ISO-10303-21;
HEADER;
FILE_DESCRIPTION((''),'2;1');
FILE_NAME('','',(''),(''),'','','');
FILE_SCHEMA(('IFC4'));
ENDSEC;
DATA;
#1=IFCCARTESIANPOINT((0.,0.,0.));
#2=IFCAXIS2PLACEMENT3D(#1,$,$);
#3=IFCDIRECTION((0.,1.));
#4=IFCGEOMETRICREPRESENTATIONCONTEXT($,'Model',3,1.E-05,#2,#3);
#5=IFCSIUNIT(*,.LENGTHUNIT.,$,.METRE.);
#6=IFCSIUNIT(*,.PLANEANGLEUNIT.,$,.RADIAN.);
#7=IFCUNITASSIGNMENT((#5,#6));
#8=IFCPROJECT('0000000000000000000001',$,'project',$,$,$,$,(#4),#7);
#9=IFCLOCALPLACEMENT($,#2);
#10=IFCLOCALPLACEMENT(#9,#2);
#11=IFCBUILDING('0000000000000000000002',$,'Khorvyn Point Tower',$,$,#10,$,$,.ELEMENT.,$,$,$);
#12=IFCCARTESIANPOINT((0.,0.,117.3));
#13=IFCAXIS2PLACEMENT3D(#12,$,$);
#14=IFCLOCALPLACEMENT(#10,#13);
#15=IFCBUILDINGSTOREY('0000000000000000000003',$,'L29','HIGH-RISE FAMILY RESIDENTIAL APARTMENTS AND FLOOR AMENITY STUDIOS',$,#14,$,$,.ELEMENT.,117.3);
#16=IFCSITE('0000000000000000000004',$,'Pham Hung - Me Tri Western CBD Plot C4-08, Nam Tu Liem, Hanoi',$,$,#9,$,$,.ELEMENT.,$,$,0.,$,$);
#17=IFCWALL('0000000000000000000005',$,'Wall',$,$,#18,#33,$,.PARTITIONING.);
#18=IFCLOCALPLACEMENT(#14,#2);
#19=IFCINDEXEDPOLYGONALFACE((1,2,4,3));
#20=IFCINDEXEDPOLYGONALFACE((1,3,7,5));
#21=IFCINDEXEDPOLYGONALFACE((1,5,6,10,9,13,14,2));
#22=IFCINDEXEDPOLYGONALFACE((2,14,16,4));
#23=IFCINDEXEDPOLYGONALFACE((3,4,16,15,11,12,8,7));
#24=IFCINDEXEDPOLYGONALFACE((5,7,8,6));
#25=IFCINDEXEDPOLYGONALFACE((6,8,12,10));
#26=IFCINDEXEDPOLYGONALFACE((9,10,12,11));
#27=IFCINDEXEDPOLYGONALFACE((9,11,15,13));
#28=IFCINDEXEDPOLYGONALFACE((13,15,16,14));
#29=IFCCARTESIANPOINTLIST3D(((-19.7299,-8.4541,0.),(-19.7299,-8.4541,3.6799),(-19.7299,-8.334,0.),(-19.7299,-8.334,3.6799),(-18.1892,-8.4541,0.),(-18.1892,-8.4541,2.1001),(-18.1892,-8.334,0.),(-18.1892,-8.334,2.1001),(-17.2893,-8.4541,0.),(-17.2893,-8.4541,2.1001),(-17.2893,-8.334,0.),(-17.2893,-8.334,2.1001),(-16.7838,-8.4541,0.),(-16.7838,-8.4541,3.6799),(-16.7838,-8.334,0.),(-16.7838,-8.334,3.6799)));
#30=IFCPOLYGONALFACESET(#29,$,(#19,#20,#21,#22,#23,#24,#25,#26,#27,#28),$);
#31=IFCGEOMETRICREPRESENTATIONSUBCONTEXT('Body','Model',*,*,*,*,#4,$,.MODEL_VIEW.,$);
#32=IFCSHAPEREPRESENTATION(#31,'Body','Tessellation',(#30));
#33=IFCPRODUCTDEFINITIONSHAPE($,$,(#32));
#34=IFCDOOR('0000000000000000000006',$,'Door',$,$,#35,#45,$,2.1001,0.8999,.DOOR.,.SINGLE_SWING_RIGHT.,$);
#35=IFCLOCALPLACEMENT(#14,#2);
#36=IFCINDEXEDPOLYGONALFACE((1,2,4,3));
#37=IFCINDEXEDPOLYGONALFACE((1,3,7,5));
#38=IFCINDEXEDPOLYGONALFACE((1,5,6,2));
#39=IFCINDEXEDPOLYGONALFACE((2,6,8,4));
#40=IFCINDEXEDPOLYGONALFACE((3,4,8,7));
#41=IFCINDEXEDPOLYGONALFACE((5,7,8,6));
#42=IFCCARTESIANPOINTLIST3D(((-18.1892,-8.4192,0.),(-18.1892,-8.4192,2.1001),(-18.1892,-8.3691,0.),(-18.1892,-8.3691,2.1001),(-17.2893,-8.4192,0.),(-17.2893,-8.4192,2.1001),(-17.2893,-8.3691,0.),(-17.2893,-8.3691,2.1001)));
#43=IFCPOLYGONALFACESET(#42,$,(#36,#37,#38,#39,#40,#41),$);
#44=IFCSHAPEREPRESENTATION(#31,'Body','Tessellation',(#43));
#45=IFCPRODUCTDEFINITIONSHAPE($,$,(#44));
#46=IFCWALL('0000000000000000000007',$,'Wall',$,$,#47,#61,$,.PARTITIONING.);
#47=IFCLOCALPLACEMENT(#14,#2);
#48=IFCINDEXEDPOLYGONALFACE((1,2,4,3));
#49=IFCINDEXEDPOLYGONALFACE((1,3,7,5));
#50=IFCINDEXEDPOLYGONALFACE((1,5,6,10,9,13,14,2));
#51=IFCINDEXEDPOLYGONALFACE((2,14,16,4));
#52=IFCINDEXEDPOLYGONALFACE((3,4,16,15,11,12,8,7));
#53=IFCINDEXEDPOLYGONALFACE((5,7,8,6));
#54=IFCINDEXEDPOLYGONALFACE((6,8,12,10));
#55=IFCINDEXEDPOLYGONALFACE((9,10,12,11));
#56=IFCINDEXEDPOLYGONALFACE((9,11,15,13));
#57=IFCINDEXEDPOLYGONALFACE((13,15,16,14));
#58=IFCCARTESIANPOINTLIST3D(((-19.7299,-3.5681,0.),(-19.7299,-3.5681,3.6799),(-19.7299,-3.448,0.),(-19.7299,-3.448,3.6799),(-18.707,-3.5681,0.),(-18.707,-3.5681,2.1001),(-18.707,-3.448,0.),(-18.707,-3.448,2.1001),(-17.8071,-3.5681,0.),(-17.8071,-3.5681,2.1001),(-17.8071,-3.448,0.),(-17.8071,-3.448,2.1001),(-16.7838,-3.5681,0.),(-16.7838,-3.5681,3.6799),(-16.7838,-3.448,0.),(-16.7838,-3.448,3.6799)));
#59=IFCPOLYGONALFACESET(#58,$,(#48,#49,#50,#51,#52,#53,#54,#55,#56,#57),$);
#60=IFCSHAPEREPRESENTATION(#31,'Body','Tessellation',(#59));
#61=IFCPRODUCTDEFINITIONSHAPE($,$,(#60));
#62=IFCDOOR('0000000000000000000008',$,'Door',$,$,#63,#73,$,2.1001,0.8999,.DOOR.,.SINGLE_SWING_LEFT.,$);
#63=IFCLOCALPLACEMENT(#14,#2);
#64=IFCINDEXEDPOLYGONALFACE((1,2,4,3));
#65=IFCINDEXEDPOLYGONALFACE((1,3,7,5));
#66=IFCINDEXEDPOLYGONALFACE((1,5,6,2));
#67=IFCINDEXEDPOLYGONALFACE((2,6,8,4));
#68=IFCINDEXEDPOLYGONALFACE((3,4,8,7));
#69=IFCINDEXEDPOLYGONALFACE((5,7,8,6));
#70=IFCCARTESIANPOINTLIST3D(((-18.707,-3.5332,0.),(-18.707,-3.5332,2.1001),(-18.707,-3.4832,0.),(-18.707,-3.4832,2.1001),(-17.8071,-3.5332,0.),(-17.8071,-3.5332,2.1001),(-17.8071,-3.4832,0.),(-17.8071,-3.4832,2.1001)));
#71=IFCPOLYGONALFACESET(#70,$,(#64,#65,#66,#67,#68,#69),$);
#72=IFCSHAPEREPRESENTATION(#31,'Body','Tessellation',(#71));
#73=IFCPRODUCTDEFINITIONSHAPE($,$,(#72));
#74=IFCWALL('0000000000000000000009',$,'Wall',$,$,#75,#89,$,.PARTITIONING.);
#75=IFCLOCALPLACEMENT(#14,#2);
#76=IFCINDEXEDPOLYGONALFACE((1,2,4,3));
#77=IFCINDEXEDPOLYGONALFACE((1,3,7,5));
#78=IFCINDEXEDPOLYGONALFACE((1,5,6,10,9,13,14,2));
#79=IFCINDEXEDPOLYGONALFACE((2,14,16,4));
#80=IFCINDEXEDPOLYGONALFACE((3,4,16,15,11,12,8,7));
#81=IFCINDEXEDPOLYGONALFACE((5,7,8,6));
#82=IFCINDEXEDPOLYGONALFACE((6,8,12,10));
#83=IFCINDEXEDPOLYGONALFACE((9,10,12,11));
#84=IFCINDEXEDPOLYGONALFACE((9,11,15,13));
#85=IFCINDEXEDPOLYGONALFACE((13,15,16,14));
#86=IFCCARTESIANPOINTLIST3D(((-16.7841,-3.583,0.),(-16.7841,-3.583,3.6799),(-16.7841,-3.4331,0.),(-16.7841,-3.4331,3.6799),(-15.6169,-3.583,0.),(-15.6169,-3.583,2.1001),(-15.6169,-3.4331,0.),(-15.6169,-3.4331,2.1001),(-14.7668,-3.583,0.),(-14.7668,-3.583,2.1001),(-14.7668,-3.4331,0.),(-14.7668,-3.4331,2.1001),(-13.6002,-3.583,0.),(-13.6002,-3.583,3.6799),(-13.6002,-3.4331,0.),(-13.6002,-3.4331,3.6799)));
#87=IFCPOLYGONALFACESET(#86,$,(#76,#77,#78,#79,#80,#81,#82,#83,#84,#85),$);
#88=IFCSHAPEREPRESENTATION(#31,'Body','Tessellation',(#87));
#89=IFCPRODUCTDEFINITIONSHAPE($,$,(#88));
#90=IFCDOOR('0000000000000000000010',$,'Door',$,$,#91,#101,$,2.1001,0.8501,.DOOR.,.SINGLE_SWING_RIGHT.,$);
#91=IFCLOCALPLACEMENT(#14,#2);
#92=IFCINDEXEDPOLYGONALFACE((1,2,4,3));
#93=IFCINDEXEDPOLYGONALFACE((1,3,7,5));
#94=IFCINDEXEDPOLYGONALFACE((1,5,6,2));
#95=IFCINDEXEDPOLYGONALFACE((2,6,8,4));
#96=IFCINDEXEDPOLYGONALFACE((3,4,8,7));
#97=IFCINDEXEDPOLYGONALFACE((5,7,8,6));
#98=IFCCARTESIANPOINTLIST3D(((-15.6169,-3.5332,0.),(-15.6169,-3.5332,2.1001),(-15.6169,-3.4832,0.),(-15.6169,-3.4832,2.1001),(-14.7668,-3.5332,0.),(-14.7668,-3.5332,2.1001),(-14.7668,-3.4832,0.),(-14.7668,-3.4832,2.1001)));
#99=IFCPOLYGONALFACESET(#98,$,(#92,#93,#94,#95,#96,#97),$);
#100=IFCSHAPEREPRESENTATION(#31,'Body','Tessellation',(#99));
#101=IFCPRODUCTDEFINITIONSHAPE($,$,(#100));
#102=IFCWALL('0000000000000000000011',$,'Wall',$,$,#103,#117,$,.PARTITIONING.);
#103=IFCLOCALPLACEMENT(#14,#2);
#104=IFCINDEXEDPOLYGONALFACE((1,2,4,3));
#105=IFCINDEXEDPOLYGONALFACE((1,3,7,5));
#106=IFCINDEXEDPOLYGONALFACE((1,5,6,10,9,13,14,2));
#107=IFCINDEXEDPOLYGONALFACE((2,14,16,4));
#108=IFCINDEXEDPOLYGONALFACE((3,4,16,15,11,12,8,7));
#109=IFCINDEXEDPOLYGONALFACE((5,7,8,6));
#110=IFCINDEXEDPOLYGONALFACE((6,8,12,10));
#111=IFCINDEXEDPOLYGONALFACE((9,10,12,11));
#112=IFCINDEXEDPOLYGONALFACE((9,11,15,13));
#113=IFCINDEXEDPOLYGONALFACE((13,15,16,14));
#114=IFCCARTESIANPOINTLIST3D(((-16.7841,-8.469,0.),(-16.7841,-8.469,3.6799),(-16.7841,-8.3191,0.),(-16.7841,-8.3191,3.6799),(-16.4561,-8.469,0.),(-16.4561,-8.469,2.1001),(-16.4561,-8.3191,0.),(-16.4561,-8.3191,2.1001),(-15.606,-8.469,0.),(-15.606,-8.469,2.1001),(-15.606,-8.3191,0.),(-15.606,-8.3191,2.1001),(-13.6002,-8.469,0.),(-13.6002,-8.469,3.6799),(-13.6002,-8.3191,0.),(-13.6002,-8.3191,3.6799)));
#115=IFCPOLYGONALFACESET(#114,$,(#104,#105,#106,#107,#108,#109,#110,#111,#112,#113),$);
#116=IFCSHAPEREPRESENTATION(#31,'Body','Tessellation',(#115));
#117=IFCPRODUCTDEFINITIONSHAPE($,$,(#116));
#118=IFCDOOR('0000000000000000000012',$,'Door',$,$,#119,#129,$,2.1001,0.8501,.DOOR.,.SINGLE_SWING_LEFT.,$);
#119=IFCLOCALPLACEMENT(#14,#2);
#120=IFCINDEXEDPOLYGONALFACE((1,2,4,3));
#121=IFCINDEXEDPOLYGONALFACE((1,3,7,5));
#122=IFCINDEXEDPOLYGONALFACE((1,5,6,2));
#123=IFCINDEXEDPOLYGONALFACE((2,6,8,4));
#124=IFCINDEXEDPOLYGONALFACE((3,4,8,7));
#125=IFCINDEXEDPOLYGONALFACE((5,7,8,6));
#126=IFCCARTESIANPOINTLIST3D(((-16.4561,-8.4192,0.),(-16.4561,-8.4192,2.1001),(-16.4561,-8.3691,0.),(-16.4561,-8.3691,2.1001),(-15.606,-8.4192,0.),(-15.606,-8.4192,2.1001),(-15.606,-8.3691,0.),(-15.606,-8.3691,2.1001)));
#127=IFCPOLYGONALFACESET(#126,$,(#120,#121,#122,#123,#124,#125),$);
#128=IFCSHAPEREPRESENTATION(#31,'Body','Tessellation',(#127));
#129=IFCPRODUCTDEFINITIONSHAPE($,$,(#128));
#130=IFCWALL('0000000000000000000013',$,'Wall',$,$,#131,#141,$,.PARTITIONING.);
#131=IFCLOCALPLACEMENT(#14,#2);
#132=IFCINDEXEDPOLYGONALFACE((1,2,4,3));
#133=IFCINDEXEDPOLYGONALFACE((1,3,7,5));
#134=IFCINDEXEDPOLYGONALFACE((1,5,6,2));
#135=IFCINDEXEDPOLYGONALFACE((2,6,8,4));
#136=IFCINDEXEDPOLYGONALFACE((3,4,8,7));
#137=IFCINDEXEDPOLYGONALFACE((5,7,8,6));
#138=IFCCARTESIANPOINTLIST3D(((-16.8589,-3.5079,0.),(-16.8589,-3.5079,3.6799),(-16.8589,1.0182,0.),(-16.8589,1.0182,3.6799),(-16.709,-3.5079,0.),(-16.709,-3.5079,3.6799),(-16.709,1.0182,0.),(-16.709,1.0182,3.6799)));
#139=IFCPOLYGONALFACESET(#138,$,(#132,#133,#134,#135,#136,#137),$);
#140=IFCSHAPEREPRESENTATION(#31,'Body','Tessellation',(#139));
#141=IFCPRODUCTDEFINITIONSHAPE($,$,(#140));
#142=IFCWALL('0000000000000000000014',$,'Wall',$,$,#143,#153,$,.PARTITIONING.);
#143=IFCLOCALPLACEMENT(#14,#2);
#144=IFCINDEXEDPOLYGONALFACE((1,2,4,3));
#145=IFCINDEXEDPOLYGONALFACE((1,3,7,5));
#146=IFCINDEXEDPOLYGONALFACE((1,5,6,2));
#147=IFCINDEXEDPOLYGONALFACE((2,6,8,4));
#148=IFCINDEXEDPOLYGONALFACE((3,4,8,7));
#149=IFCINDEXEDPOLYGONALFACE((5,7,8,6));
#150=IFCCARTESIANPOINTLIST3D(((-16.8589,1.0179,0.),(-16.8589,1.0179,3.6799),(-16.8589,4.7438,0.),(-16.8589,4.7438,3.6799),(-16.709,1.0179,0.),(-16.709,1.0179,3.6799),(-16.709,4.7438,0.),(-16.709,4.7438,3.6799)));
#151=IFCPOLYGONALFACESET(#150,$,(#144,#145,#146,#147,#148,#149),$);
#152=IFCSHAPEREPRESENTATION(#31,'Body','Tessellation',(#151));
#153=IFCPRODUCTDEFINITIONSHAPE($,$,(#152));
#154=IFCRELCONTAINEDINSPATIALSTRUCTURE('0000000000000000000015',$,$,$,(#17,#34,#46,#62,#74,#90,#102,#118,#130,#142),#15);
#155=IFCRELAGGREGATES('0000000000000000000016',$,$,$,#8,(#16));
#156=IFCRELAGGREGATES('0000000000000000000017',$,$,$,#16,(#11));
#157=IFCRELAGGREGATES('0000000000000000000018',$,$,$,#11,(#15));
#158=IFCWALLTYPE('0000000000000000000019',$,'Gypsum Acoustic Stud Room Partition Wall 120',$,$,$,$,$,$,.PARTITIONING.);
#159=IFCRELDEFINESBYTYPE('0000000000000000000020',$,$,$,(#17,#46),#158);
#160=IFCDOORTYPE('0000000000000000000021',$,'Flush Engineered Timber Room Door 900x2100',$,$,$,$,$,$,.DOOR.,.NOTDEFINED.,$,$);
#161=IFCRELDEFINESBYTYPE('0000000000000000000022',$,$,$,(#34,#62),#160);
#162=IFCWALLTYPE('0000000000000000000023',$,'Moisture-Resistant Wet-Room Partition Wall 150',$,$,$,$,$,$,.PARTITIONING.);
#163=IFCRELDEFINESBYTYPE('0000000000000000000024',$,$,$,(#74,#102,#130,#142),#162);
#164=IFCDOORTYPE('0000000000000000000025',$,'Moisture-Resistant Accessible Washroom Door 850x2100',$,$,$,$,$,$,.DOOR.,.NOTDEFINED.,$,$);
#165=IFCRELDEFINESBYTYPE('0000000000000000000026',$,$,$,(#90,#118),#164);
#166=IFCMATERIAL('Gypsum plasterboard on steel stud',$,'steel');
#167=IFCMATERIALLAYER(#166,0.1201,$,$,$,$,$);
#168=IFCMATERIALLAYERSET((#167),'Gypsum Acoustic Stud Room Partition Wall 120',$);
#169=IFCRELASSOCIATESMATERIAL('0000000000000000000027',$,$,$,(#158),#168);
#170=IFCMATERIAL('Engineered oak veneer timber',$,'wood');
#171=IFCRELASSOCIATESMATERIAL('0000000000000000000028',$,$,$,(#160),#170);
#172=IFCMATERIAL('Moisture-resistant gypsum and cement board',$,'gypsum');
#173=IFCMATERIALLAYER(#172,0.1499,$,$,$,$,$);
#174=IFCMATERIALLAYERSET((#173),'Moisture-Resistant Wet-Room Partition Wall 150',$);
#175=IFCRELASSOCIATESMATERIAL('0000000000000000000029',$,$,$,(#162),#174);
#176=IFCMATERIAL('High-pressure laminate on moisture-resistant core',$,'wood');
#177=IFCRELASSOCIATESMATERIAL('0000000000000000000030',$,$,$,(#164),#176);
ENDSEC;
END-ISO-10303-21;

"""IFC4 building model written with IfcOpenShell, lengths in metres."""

from ifc_helpers import new_model, si_unit, direction, frame, frame_2d, origin, place, context, subcontext, project, spatial, rectangle, extrude, material, layer, layer_set, type_object, element, fill, save


model = new_model("IFC4")

# Units and contexts
model_context = context("Model", 3, precision=1e-05, world=origin(), true_north=direction((0.0, 1.0)))
body_context = subcontext(model_context, "Body", "Model", "MODEL_VIEW")
ifc_project = project(units=[si_unit("LENGTHUNIT", "METRE"), si_unit("PLANEANGLEUNIT", "RADIAN")], contexts=[model_context])

# Site, building, storey
site_placement = place(None, origin())
site = spatial("IfcSite", under=ifc_project, at=site_placement, Name="Pham Hung - Me Tri Western CBD Plot C4-08, Nam Tu Liem, Hanoi", CompositionType="ELEMENT", RefElevation=0.0)
building_placement = place(site_placement, origin())
building = spatial("IfcBuilding", under=site, at=building_placement, Name="Khorvyn Point Tower", CompositionType="ELEMENT")
storey_placement = place(building_placement, frame((0.0, 0.0, 117.3)))
storey = spatial("IfcBuildingStorey", under=building, at=storey_placement, Name="L29", Description="HIGH-RISE FAMILY RESIDENTIAL APARTMENTS AND FLOOR AMENITY STUDIOS", CompositionType="ELEMENT", Elevation=117.3)

# Walls, openings, doors
ifc_material_1 = material(Name="Gypsum plasterboard on steel stud", Category="steel")
ifc_layer_1 = layer(ifc_material_1, 0.1201)
ifc_layer_set_1 = layer_set([ifc_layer_1], Name="Gypsum Acoustic Stud Room Partition Wall 120")
wall_type_1 = type_object("IfcWallType", Name="Gypsum Acoustic Stud Room Partition Wall 120", PredefinedType="PARTITIONING", material=ifc_layer_set_1)
wall_1_placement = place(storey_placement, frame((-19.73, -8.394, 0.0), z_axis=(0.0, 0.0, 1.0), x_axis=(1.0, 0.0, 0.0)))
wall_1 = element("IfcWall", 1, at=wall_1_placement, inside=storey, type_object=wall_type_1, Name="Wall", PredefinedType="PARTITIONING", context=body_context, shape_type="SweptSolid", body=[
    extrude(rectangle(XDim=2.946, YDim=0.1201, at=frame_2d((1.4731, 0.0))), origin(), (0.0, 0.0, 1.0), 3.6799),
])
opening_1_placement = place(wall_1_placement, frame((1.5408, 0.0, 0.0)))
opening_1 = element("IfcOpeningElement", 2, at=opening_1_placement, cuts=wall_1, PredefinedType="OPENING", context=body_context, shape_type="SweptSolid", body=[
    extrude(rectangle(XDim=0.8999, YDim=2.1001, at=frame_2d((0.45, 1.05))), frame((0.0, 0.0701, 0.0), z_axis=(0.0, -1.0, 0.0), x_axis=(1.0, 0.0, 0.0)), (0.0, 0.0, 1.0), 0.1401),
])
ifc_material_2 = material(Name="Engineered oak veneer timber", Category="wood")
door_type_1 = type_object("IfcDoorType", Name="Flush Engineered Timber Room Door 900x2100", OperationType="NOTDEFINED", PredefinedType="DOOR", material=ifc_material_2)
door_1_placement = place(opening_1_placement, origin())
door_1 = element("IfcDoor", 3, at=door_1_placement, inside=storey, type_object=door_type_1, Name="Door", OperationType="SINGLE_SWING_RIGHT", OverallHeight=2.1001, OverallWidth=0.8999, PredefinedType="DOOR", context=body_context, shape_type="SweptSolid", body=[
    extrude(rectangle(XDim=0.8999, YDim=2.1001, at=frame_2d((0.45, 1.05))), frame((0.0, 0.0249, 0.0), z_axis=(0.0, -1.0, 0.0), x_axis=(1.0, 0.0, 0.0)), (0.0, 0.0, 1.0), 0.05),
])
fill(opening_1, door_1)
wall_2_placement = place(storey_placement, frame((-19.73, -3.5081, 0.0), z_axis=(0.0, 0.0, 1.0), x_axis=(1.0, 0.0, 0.0)))
wall_2 = element("IfcWall", 4, at=wall_2_placement, inside=storey, type_object=wall_type_1, Name="Wall", PredefinedType="PARTITIONING", context=body_context, shape_type="SweptSolid", body=[
    extrude(rectangle(XDim=2.946, YDim=0.1201, at=frame_2d((1.4731, 0.0))), origin(), (0.0, 0.0, 1.0), 3.6799),
])
opening_2_placement = place(wall_2_placement, frame((1.0229, 0.0, 0.0)))
opening_2 = element("IfcOpeningElement", 5, at=opening_2_placement, cuts=wall_2, PredefinedType="OPENING", context=body_context, shape_type="SweptSolid", body=[
    extrude(rectangle(XDim=0.8999, YDim=2.1001, at=frame_2d((0.45, 1.05))), frame((0.0, 0.0701, 0.0), z_axis=(0.0, -1.0, 0.0), x_axis=(1.0, 0.0, 0.0)), (0.0, 0.0, 1.0), 0.1401),
])
door_2_placement = place(opening_2_placement, origin())
door_2 = element("IfcDoor", 6, at=door_2_placement, inside=storey, type_object=door_type_1, Name="Door", OperationType="SINGLE_SWING_LEFT", OverallHeight=2.1001, OverallWidth=0.8999, PredefinedType="DOOR", context=body_context, shape_type="SweptSolid", body=[
    extrude(rectangle(XDim=0.8999, YDim=2.1001, at=frame_2d((0.45, 1.05))), frame((0.0, 0.0249, 0.0), z_axis=(0.0, -1.0, 0.0), x_axis=(1.0, 0.0, 0.0)), (0.0, 0.0, 1.0), 0.05),
])
fill(opening_2, door_2)
ifc_material_3 = material(Name="Moisture-resistant gypsum and cement board", Category="gypsum")
ifc_layer_2 = layer(ifc_material_3, 0.1499)
ifc_layer_set_2 = layer_set([ifc_layer_2], Name="Moisture-Resistant Wet-Room Partition Wall 150")
wall_type_2 = type_object("IfcWallType", Name="Moisture-Resistant Wet-Room Partition Wall 150", PredefinedType="PARTITIONING", material=ifc_layer_set_2)
wall_3_placement = place(storey_placement, frame((-16.7839, -3.5081, 0.0), z_axis=(0.0, 0.0, 1.0), x_axis=(1.0, 0.0, 0.0)))
wall_3 = element("IfcWall", 7, at=wall_3_placement, inside=storey, type_object=wall_type_2, Name="Wall", PredefinedType="PARTITIONING", context=body_context, shape_type="SweptSolid", body=[
    extrude(rectangle(XDim=3.1838, YDim=0.1499, at=frame_2d((1.5918, 0.0))), origin(), (0.0, 0.0, 1.0), 3.6799),
])
opening_3_placement = place(wall_3_placement, frame((1.167, 0.0, 0.0)))
opening_3 = element("IfcOpeningElement", 8, at=opening_3_placement, cuts=wall_3, PredefinedType="OPENING", context=body_context, shape_type="SweptSolid", body=[
    extrude(rectangle(XDim=0.8501, YDim=2.1001, at=frame_2d((0.425, 1.05))), frame((0.0, 0.085, 0.0), z_axis=(0.0, -1.0, 0.0), x_axis=(1.0, 0.0, 0.0)), (0.0, 0.0, 1.0), 0.1699),
])
ifc_material_4 = material(Name="High-pressure laminate on moisture-resistant core", Category="wood")
door_type_2 = type_object("IfcDoorType", Name="Moisture-Resistant Accessible Washroom Door 850x2100", OperationType="NOTDEFINED", PredefinedType="DOOR", material=ifc_material_4)
door_3_placement = place(opening_3_placement, origin())
door_3 = element("IfcDoor", 9, at=door_3_placement, inside=storey, type_object=door_type_2, Name="Door", OperationType="SINGLE_SWING_RIGHT", OverallHeight=2.1001, OverallWidth=0.8501, PredefinedType="DOOR", context=body_context, shape_type="SweptSolid", body=[
    extrude(rectangle(XDim=0.8501, YDim=2.1001, at=frame_2d((0.425, 1.05))), frame((0.0, 0.0249, 0.0), z_axis=(0.0, -1.0, 0.0), x_axis=(1.0, 0.0, 0.0)), (0.0, 0.0, 1.0), 0.05),
])
fill(opening_3, door_3)
wall_4_placement = place(storey_placement, frame((-16.7839, -8.394, 0.0), z_axis=(0.0, 0.0, 1.0), x_axis=(1.0, 0.0, 0.0)))
wall_4 = element("IfcWall", 10, at=wall_4_placement, inside=storey, type_object=wall_type_2, Name="Wall", PredefinedType="PARTITIONING", context=body_context, shape_type="SweptSolid", body=[
    extrude(rectangle(XDim=3.1838, YDim=0.1499, at=frame_2d((1.5918, 0.0))), origin(), (0.0, 0.0, 1.0), 3.6799),
])
opening_4_placement = place(wall_4_placement, frame((0.3279, 0.0, 0.0)))
opening_4 = element("IfcOpeningElement", 11, at=opening_4_placement, cuts=wall_4, PredefinedType="OPENING", context=body_context, shape_type="SweptSolid", body=[
    extrude(rectangle(XDim=0.8501, YDim=2.1001, at=frame_2d((0.425, 1.05))), frame((0.0, 0.085, 0.0), z_axis=(0.0, -1.0, 0.0), x_axis=(1.0, 0.0, 0.0)), (0.0, 0.0, 1.0), 0.1699),
])
door_4_placement = place(opening_4_placement, origin())
door_4 = element("IfcDoor", 12, at=door_4_placement, inside=storey, type_object=door_type_2, Name="Door", OperationType="SINGLE_SWING_LEFT", OverallHeight=2.1001, OverallWidth=0.8501, PredefinedType="DOOR", context=body_context, shape_type="SweptSolid", body=[
    extrude(rectangle(XDim=0.8501, YDim=2.1001, at=frame_2d((0.425, 1.05))), frame((0.0, 0.0249, 0.0), z_axis=(0.0, -1.0, 0.0), x_axis=(1.0, 0.0, 0.0)), (0.0, 0.0, 1.0), 0.05),
])
fill(opening_4, door_4)

# Walls
wall_5_placement = place(storey_placement, frame((-16.7839, -3.5081, 0.0), z_axis=(0.0, 0.0, 1.0), x_axis=(0.0, 1.0, 0.0)))
element("IfcWall", 13, at=wall_5_placement, inside=storey, type_object=wall_type_2, Name="Wall", PredefinedType="PARTITIONING", context=body_context, shape_type="SweptSolid", body=[
    extrude(rectangle(XDim=4.5261, YDim=0.1499, at=frame_2d((2.2632, 0.0))), origin(), (0.0, 0.0, 1.0), 3.6799),
])
wall_6_placement = place(storey_placement, frame((-16.7839, 1.0181, 0.0), z_axis=(0.0, 0.0, 1.0), x_axis=(0.0, 1.0, 0.0)))
element("IfcWall", 14, at=wall_6_placement, inside=storey, type_object=wall_type_2, Name="Wall", PredefinedType="PARTITIONING", context=body_context, shape_type="SweptSolid", body=[
    extrude(rectangle(XDim=3.7258, YDim=0.1499, at=frame_2d((1.8628, 0.0))), origin(), (0.0, 0.0, 1.0), 3.6799),
])

save(model, "model.ifc")
